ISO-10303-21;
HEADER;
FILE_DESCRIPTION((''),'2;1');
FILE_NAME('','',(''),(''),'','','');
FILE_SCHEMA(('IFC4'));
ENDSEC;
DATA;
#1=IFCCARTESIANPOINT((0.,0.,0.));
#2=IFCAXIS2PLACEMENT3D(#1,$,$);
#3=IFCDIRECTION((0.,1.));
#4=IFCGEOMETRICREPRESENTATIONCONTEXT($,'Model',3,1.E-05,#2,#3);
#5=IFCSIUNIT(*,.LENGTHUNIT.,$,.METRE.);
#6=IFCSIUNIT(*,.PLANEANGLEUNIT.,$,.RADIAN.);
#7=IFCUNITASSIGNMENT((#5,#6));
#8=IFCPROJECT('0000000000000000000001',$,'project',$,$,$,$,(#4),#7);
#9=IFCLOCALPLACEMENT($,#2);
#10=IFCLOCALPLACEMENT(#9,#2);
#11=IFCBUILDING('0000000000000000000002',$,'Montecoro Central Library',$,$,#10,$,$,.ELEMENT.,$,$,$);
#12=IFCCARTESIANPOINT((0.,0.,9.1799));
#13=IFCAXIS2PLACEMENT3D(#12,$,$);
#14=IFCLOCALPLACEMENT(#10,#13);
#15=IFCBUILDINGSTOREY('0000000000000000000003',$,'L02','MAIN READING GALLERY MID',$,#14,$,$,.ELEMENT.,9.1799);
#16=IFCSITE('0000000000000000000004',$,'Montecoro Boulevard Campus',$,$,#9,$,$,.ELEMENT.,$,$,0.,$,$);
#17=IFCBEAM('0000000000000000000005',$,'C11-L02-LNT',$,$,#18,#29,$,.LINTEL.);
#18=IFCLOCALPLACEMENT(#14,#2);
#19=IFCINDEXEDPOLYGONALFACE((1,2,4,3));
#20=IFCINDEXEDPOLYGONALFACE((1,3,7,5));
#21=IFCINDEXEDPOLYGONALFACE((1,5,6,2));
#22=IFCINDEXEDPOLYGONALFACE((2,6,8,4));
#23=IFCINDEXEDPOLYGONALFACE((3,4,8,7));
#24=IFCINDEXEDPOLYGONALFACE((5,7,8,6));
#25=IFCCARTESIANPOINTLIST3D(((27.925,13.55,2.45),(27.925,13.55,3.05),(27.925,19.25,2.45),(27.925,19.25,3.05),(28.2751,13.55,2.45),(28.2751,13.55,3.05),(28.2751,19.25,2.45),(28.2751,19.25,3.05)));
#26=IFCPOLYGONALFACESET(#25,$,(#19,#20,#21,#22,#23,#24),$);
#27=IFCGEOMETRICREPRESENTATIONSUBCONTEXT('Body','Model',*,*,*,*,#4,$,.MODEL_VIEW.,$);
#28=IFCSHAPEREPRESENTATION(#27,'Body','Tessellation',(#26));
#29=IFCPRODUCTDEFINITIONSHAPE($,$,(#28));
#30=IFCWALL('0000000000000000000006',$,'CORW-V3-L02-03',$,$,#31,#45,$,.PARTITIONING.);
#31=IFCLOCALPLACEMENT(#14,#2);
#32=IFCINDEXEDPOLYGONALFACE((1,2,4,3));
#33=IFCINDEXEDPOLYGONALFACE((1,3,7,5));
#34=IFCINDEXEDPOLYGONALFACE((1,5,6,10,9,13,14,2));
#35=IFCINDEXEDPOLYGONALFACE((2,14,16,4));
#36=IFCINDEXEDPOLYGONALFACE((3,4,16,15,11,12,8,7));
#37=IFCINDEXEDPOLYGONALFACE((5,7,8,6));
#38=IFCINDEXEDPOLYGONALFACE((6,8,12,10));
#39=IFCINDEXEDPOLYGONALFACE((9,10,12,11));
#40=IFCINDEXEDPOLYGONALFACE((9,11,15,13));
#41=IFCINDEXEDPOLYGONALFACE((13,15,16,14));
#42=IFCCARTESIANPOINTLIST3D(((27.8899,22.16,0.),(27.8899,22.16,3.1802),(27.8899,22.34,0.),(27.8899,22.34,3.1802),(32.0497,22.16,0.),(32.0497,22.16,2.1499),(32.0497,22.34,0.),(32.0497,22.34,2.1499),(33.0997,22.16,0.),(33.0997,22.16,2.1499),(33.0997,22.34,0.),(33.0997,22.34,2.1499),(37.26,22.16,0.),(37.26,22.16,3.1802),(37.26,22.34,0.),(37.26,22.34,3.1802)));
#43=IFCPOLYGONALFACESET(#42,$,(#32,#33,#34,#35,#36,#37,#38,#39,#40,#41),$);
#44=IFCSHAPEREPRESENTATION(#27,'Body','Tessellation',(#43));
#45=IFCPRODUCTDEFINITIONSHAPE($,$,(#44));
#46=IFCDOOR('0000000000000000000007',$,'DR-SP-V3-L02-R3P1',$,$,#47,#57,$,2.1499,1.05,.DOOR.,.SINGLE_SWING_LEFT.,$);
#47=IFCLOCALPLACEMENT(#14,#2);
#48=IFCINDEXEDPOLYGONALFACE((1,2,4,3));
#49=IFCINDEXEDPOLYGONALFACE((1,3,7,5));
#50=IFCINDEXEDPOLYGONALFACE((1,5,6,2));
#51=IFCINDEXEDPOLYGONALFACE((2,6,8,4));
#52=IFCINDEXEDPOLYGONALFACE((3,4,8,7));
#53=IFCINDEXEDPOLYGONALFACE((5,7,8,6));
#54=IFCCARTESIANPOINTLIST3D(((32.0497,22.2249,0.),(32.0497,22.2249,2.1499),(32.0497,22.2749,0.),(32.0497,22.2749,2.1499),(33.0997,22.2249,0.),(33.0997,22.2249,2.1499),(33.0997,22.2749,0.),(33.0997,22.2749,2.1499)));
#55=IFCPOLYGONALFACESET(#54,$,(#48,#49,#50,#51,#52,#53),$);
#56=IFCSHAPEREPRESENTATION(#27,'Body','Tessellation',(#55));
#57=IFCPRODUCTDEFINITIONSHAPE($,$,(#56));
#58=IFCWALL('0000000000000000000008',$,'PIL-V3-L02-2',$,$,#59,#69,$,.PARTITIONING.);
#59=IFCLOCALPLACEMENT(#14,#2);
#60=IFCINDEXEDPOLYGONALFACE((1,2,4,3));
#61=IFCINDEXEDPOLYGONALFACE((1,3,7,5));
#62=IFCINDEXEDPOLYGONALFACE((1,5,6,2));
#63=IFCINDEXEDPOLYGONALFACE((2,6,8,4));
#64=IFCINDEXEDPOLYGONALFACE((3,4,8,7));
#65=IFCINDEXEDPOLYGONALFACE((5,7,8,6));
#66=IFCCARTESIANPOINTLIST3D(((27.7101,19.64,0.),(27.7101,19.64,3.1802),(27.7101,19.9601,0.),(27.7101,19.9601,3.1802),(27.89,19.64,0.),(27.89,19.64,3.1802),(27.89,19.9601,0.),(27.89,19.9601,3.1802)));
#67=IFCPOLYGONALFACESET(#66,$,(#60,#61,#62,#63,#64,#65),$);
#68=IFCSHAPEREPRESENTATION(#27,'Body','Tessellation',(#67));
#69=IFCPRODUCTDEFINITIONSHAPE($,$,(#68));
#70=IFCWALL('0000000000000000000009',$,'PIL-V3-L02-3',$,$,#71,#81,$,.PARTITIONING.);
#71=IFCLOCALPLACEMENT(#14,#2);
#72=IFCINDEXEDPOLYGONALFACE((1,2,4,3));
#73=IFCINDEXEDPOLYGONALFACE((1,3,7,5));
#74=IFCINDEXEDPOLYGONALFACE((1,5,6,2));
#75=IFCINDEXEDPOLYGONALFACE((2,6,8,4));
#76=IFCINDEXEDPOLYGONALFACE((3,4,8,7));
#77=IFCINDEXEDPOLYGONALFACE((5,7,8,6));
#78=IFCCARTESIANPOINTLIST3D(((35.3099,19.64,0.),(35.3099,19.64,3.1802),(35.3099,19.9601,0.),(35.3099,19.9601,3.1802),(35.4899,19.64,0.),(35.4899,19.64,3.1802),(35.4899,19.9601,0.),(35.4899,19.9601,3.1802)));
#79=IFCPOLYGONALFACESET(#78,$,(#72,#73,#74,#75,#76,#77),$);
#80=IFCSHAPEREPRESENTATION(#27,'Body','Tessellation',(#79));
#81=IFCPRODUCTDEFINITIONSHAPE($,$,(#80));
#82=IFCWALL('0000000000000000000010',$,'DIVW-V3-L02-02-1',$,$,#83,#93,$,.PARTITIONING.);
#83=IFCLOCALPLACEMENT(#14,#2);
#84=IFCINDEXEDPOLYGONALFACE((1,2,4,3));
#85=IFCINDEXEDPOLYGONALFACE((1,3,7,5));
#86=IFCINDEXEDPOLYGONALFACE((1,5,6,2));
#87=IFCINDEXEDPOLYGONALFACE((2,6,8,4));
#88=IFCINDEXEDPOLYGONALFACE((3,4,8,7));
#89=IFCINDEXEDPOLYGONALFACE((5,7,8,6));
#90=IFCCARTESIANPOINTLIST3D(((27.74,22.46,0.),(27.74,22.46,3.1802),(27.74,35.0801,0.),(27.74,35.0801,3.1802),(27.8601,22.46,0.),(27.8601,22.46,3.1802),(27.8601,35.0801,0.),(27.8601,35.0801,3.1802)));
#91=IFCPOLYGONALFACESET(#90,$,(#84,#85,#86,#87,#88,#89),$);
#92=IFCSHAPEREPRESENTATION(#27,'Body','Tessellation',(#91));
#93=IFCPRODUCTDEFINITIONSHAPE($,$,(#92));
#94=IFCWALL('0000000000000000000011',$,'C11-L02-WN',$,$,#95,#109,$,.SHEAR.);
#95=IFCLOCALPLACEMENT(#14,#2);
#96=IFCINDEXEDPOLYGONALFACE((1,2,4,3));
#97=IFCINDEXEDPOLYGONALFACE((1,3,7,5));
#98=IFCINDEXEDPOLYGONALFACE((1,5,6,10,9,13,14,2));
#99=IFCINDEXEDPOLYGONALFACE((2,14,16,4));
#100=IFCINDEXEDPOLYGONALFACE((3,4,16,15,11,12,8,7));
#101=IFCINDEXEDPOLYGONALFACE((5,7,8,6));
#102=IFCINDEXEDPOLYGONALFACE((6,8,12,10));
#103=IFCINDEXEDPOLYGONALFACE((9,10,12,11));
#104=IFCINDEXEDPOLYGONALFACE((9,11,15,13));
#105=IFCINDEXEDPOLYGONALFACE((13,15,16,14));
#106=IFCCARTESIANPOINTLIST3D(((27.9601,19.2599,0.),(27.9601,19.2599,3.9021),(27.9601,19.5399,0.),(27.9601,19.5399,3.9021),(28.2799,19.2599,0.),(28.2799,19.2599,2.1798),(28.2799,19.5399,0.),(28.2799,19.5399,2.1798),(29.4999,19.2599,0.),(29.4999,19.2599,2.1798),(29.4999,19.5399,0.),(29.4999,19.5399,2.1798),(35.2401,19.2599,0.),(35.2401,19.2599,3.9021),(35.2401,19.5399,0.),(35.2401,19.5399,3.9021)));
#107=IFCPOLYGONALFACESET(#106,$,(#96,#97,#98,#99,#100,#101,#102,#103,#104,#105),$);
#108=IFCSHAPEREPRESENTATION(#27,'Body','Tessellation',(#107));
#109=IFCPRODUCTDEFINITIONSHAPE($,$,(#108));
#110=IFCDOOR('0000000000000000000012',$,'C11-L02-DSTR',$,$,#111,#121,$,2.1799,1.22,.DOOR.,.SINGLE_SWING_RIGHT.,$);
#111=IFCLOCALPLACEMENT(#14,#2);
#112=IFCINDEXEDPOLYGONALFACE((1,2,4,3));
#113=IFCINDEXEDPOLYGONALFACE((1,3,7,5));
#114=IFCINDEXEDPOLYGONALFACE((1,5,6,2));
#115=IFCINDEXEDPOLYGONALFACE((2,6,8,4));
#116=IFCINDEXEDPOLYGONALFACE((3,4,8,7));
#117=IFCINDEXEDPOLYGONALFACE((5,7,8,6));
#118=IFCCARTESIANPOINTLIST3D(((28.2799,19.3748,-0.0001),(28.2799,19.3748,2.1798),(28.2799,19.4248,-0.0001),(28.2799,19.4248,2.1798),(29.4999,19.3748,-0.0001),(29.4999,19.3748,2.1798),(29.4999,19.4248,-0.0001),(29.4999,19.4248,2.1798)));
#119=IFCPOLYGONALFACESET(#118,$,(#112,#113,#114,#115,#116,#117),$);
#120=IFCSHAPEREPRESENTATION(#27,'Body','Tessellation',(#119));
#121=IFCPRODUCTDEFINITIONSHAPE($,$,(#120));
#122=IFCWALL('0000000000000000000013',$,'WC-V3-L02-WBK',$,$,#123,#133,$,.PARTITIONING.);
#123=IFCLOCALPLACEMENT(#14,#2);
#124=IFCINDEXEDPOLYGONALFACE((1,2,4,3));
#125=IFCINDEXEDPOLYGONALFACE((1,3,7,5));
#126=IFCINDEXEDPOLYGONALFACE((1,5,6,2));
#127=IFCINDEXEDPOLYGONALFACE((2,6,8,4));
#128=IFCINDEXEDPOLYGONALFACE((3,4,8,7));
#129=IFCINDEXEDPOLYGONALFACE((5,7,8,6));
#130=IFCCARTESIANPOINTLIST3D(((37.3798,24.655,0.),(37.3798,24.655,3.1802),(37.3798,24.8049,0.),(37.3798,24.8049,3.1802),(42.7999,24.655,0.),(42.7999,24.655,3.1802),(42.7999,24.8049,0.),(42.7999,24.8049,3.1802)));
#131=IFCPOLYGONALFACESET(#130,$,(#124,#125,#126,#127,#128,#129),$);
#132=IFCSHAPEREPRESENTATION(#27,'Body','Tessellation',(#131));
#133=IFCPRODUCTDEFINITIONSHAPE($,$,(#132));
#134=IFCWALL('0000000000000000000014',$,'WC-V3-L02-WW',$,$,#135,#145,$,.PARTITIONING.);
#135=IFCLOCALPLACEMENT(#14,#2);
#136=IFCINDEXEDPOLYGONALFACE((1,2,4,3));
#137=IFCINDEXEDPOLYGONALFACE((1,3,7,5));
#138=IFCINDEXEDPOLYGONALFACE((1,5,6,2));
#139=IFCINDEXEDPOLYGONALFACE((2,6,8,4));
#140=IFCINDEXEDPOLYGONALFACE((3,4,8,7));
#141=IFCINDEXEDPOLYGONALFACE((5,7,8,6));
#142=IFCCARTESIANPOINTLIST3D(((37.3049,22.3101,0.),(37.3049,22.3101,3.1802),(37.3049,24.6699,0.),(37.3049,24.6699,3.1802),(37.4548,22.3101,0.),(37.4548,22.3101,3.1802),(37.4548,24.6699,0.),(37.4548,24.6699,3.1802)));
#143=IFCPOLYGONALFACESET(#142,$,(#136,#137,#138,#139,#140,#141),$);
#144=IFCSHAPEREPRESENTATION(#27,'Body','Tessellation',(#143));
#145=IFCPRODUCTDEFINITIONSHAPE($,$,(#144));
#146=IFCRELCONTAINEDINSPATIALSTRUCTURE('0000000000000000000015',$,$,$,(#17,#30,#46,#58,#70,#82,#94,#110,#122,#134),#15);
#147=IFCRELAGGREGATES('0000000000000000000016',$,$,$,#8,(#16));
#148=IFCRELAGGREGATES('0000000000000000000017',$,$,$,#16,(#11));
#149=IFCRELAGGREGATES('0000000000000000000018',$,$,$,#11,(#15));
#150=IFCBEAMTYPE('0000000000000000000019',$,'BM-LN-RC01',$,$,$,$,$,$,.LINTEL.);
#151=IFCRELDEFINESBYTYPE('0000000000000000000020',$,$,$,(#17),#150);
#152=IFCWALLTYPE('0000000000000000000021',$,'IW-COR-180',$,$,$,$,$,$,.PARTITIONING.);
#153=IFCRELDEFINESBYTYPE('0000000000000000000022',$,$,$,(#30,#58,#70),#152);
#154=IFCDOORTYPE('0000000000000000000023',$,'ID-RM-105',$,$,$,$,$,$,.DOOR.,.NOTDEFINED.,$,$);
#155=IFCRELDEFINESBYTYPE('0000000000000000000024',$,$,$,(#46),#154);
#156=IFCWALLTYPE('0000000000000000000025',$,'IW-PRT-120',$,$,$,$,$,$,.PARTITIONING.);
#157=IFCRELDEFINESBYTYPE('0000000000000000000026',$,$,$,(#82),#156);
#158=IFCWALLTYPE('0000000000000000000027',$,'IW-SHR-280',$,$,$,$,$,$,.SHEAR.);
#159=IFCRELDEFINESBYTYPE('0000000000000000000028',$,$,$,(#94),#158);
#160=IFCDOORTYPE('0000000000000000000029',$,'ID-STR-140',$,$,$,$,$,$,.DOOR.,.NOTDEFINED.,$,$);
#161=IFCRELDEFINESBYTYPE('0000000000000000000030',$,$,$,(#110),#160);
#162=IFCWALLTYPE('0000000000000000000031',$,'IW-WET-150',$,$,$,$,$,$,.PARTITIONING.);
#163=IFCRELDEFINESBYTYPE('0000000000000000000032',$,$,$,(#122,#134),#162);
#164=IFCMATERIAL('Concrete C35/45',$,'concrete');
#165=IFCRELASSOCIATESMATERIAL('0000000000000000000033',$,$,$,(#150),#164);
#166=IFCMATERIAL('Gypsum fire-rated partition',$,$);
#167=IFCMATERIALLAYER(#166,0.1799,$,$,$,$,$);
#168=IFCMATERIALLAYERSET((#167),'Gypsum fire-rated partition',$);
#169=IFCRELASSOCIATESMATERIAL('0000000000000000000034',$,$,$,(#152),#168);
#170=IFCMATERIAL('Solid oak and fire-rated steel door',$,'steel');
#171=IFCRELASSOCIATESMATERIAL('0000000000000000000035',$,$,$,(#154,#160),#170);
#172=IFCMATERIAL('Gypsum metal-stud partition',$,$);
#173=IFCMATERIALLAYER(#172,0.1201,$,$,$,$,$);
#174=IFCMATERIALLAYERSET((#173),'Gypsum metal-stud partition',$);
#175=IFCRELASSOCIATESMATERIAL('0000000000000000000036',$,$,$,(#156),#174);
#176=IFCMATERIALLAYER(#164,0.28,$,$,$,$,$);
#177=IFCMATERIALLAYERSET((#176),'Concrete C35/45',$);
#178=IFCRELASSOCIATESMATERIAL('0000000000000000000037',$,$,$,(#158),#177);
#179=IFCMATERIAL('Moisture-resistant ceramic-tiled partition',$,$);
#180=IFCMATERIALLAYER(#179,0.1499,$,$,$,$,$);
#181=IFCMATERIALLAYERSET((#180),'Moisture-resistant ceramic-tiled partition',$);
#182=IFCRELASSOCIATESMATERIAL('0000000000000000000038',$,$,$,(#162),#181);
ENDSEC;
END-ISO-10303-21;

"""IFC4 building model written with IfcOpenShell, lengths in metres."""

from ifc_helpers import new_model, si_unit, direction, frame, frame_2d, origin, origin_2d, place, context, subcontext, project, spatial, rectangle, extrude, material, layer, layer_set, material_profile, profile_set, type_object, element, fill, save


model = new_model("IFC4")

# Units and contexts
model_context = context("Model", 3, precision=1e-05, world=origin(), true_north=direction((0.0, 1.0)))
body_context = subcontext(model_context, "Body", "Model", "MODEL_VIEW")
ifc_project = project(units=[si_unit("LENGTHUNIT", "METRE"), si_unit("PLANEANGLEUNIT", "RADIAN")], contexts=[model_context])

# Site, building, storey
site_placement = place(None, origin())
site = spatial("IfcSite", under=ifc_project, at=site_placement, Name="Montecoro Boulevard Campus", CompositionType="ELEMENT", RefElevation=0.0)
building_placement = place(site_placement, origin())
building = spatial("IfcBuilding", under=site, at=building_placement, Name="Montecoro Central Library", CompositionType="ELEMENT")
storey_placement = place(building_placement, frame((0.0, 0.0, 9.1799)))
storey = spatial("IfcBuildingStorey", under=building, at=storey_placement, Name="L02", Description="MAIN READING GALLERY MID", CompositionType="ELEMENT", Elevation=9.1799)

# Beam
ifc_material_1 = material(Name="Concrete C35/45", Category="concrete")
ifc_material_profile_1 = material_profile(ifc_material_1, rectangle(XDim=0.3501, YDim=0.6001, at=origin_2d()), Name="RC LNT 600x350")
ifc_profile_set_1 = profile_set([ifc_material_profile_1], Name="Concrete C35/45")
beam_type_1 = type_object("IfcBeamType", Name="BM-LN-RC01", PredefinedType="LINTEL", material=ifc_profile_set_1)
beam_1_placement = place(storey_placement, frame((28.1001, 13.55, 2.75), z_axis=(0.0, 1.0, 0.0), x_axis=(-1.0, 0.0, 0.0)))
element("IfcBeam", 1, at=beam_1_placement, inside=storey, type_object=beam_type_1, Name="C11-L02-LNT", PredefinedType="LINTEL", context=body_context, shape_type="SweptSolid", body=[
    extrude(rectangle(XDim=0.3501, YDim=0.6001, at=origin_2d()), origin(), (0.0, 0.0, 1.0), 5.7),
])

# Wall, opening, door
ifc_material_2 = material(Name="Gypsum fire-rated partition")
ifc_layer_1 = layer(ifc_material_2, 0.1799)
ifc_layer_set_1 = layer_set([ifc_layer_1], Name="Gypsum fire-rated partition")
wall_type_1 = type_object("IfcWallType", Name="IW-COR-180", PredefinedType="PARTITIONING", material=ifc_layer_set_1)
wall_1_placement = place(storey_placement, frame((27.8899, 22.25, 0.0), z_axis=(0.0, 0.0, 1.0), x_axis=(1.0, 0.0, 0.0)))
wall_1 = element("IfcWall", 2, at=wall_1_placement, inside=storey, type_object=wall_type_1, Name="CORW-V3-L02-03", PredefinedType="PARTITIONING", context=body_context, shape_type="SweptSolid", body=[
    extrude(rectangle(XDim=9.3701, YDim=0.1799, at=frame_2d((4.6851, 0.0))), origin(), (0.0, 0.0, 1.0), 3.1802),
])
opening_1_placement = place(wall_1_placement, frame((4.1599, 0.0, 0.0)))
opening_1 = element("IfcOpeningElement", 3, at=opening_1_placement, cuts=wall_1, PredefinedType="OPENING", context=body_context, shape_type="SweptSolid", body=[
    extrude(rectangle(XDim=1.05, YDim=2.1499, at=frame_2d((0.5249, 1.075))), frame((0.0, 0.0999, 0.0), z_axis=(0.0, -1.0, 0.0), x_axis=(1.0, 0.0, 0.0)), (0.0, 0.0, 1.0), 0.2),
])
ifc_material_3 = material(Name="Solid oak and fire-rated steel door", Category="steel")
door_type_1 = type_object("IfcDoorType", Name="ID-RM-105", OperationType="NOTDEFINED", PredefinedType="DOOR", material=ifc_material_3)
door_1_placement = place(opening_1_placement, origin())
door_1 = element("IfcDoor", 4, at=door_1_placement, inside=storey, type_object=door_type_1, Name="DR-SP-V3-L02-R3P1", OperationType="SINGLE_SWING_LEFT", OverallHeight=2.1499, OverallWidth=1.05, PredefinedType="DOOR", context=body_context, shape_type="SweptSolid", body=[
    extrude(rectangle(XDim=1.05, YDim=2.1499, at=frame_2d((0.5249, 1.075))), frame((0.0, 0.0249, 0.0), z_axis=(0.0, -1.0, 0.0), x_axis=(1.0, 0.0, 0.0)), (0.0, 0.0, 1.0), 0.05),
])
fill(opening_1, door_1)

# Walls
for number, where, z_axis, x_axis, name in (
    (5, (27.8, 19.6399, 0.0), (0.0, 0.0, 1.0), (0.0, 1.0, 0.0), "PIL-V3-L02-2"),
    (6, (35.3999, 19.6399, 0.0), (0.0, 0.0, 1.0), (0.0, 1.0, 0.0), "PIL-V3-L02-3"),
):
    element("IfcWall", number, at=place(storey_placement, frame(where, z_axis=z_axis, x_axis=x_axis)), inside=storey, type_object=wall_type_1, Name=name, PredefinedType="PARTITIONING", context=body_context, shape_type="SweptSolid", body=[
        extrude(rectangle(XDim=0.3201, YDim=0.1799, at=frame_2d((0.1602, 0.0))), origin(), (0.0, 0.0, 1.0), 3.1802),
    ])
ifc_material_4 = material(Name="Gypsum metal-stud partition")
ifc_layer_2 = layer(ifc_material_4, 0.1201)
ifc_layer_set_2 = layer_set([ifc_layer_2], Name="Gypsum metal-stud partition")
wall_type_2 = type_object("IfcWallType", Name="IW-PRT-120", PredefinedType="PARTITIONING", material=ifc_layer_set_2)
wall_2_placement = place(storey_placement, frame((27.8, 22.46, 0.0), z_axis=(0.0, 0.0, 1.0), x_axis=(0.0, 1.0, 0.0)))
element("IfcWall", 7, at=wall_2_placement, inside=storey, type_object=wall_type_2, Name="DIVW-V3-L02-02-1", PredefinedType="PARTITIONING", context=body_context, shape_type="SweptSolid", body=[
    extrude(rectangle(XDim=12.6201, YDim=0.1201, at=frame_2d((6.3101, 0.0))), origin(), (0.0, 0.0, 1.0), 3.1802),
])

# Wall, opening, door
ifc_layer_3 = layer(ifc_material_1, 0.28)
ifc_layer_set_3 = layer_set([ifc_layer_3], Name="Concrete C35/45")
wall_type_3 = type_object("IfcWallType", Name="IW-SHR-280", PredefinedType="SHEAR", material=ifc_layer_set_3)
wall_3_placement = place(storey_placement, frame((27.96, 19.3999, 0.0), z_axis=(0.0, 0.0, 1.0), x_axis=(1.0, 0.0, 0.0)))
wall_3 = element("IfcWall", 8, at=wall_3_placement, inside=storey, type_object=wall_type_3, Name="C11-L02-WN", PredefinedType="SHEAR", context=body_context, shape_type="SweptSolid", body=[
    extrude(rectangle(XDim=7.28, YDim=0.28, at=frame_2d((3.6401, 0.0))), origin(), (0.0, 0.0, 1.0), 3.9021),
])
opening_2_placement = place(wall_3_placement, frame((0.3201, 0.0, 0.0)))
opening_2 = element("IfcOpeningElement", 9, at=opening_2_placement, cuts=wall_3, PredefinedType="OPENING", context=body_context, shape_type="SweptSolid", body=[
    extrude(rectangle(XDim=1.22, YDim=2.1799, at=frame_2d((0.6099, 1.0898))), frame((0.0, 0.1499, 0.0), z_axis=(0.0, -1.0, 0.0), x_axis=(1.0, 0.0, 0.0)), (0.0, 0.0, 1.0), 0.3),
])
door_type_2 = type_object("IfcDoorType", Name="ID-STR-140", OperationType="NOTDEFINED", PredefinedType="DOOR", material=ifc_material_3)
door_2_placement = place(opening_2_placement, origin())
door_2 = element("IfcDoor", 10, at=door_2_placement, inside=storey, type_object=door_type_2, Name="C11-L02-DSTR", OperationType="SINGLE_SWING_RIGHT", OverallHeight=2.1799, OverallWidth=1.22, PredefinedType="DOOR", context=body_context, shape_type="SweptSolid", body=[
    extrude(rectangle(XDim=1.22, YDim=2.1799, at=frame_2d((0.6099, 1.0898))), frame((0.0, 0.0249, 0.0), z_axis=(0.0, -1.0, 0.0), x_axis=(1.0, 0.0, 0.0)), (0.0, 0.0, 1.0), 0.05),
])
fill(opening_2, door_2)

# Walls
ifc_material_5 = material(Name="Moisture-resistant ceramic-tiled partition")
ifc_layer_4 = layer(ifc_material_5, 0.1499)
ifc_layer_set_4 = layer_set([ifc_layer_4], Name="Moisture-resistant ceramic-tiled partition")
wall_type_4 = type_object("IfcWallType", Name="IW-WET-150", PredefinedType="PARTITIONING", material=ifc_layer_set_4)
wall_4_placement = place(storey_placement, frame((37.3799, 24.73, 0.0), z_axis=(0.0, 0.0, 1.0), x_axis=(1.0, 0.0, 0.0)))
element("IfcWall", 11, at=wall_4_placement, inside=storey, type_object=wall_type_4, Name="WC-V3-L02-WBK", PredefinedType="PARTITIONING", context=body_context, shape_type="SweptSolid", body=[
    extrude(rectangle(XDim=5.4202, YDim=0.1499, at=frame_2d((2.71, 0.0))), origin(), (0.0, 0.0, 1.0), 3.1802),
])
wall_5_placement = place(storey_placement, frame((37.3799, 22.3101, 0.0), z_axis=(0.0, 0.0, 1.0), x_axis=(0.0, 1.0, 0.0)))
element("IfcWall", 12, at=wall_5_placement, inside=storey, type_object=wall_type_4, Name="WC-V3-L02-WW", PredefinedType="PARTITIONING", context=body_context, shape_type="SweptSolid", body=[
    extrude(rectangle(XDim=2.3599, YDim=0.1499, at=frame_2d((1.1799, 0.0))), origin(), (0.0, 0.0, 1.0), 3.1802),
])

save(model, "model.ifc")
